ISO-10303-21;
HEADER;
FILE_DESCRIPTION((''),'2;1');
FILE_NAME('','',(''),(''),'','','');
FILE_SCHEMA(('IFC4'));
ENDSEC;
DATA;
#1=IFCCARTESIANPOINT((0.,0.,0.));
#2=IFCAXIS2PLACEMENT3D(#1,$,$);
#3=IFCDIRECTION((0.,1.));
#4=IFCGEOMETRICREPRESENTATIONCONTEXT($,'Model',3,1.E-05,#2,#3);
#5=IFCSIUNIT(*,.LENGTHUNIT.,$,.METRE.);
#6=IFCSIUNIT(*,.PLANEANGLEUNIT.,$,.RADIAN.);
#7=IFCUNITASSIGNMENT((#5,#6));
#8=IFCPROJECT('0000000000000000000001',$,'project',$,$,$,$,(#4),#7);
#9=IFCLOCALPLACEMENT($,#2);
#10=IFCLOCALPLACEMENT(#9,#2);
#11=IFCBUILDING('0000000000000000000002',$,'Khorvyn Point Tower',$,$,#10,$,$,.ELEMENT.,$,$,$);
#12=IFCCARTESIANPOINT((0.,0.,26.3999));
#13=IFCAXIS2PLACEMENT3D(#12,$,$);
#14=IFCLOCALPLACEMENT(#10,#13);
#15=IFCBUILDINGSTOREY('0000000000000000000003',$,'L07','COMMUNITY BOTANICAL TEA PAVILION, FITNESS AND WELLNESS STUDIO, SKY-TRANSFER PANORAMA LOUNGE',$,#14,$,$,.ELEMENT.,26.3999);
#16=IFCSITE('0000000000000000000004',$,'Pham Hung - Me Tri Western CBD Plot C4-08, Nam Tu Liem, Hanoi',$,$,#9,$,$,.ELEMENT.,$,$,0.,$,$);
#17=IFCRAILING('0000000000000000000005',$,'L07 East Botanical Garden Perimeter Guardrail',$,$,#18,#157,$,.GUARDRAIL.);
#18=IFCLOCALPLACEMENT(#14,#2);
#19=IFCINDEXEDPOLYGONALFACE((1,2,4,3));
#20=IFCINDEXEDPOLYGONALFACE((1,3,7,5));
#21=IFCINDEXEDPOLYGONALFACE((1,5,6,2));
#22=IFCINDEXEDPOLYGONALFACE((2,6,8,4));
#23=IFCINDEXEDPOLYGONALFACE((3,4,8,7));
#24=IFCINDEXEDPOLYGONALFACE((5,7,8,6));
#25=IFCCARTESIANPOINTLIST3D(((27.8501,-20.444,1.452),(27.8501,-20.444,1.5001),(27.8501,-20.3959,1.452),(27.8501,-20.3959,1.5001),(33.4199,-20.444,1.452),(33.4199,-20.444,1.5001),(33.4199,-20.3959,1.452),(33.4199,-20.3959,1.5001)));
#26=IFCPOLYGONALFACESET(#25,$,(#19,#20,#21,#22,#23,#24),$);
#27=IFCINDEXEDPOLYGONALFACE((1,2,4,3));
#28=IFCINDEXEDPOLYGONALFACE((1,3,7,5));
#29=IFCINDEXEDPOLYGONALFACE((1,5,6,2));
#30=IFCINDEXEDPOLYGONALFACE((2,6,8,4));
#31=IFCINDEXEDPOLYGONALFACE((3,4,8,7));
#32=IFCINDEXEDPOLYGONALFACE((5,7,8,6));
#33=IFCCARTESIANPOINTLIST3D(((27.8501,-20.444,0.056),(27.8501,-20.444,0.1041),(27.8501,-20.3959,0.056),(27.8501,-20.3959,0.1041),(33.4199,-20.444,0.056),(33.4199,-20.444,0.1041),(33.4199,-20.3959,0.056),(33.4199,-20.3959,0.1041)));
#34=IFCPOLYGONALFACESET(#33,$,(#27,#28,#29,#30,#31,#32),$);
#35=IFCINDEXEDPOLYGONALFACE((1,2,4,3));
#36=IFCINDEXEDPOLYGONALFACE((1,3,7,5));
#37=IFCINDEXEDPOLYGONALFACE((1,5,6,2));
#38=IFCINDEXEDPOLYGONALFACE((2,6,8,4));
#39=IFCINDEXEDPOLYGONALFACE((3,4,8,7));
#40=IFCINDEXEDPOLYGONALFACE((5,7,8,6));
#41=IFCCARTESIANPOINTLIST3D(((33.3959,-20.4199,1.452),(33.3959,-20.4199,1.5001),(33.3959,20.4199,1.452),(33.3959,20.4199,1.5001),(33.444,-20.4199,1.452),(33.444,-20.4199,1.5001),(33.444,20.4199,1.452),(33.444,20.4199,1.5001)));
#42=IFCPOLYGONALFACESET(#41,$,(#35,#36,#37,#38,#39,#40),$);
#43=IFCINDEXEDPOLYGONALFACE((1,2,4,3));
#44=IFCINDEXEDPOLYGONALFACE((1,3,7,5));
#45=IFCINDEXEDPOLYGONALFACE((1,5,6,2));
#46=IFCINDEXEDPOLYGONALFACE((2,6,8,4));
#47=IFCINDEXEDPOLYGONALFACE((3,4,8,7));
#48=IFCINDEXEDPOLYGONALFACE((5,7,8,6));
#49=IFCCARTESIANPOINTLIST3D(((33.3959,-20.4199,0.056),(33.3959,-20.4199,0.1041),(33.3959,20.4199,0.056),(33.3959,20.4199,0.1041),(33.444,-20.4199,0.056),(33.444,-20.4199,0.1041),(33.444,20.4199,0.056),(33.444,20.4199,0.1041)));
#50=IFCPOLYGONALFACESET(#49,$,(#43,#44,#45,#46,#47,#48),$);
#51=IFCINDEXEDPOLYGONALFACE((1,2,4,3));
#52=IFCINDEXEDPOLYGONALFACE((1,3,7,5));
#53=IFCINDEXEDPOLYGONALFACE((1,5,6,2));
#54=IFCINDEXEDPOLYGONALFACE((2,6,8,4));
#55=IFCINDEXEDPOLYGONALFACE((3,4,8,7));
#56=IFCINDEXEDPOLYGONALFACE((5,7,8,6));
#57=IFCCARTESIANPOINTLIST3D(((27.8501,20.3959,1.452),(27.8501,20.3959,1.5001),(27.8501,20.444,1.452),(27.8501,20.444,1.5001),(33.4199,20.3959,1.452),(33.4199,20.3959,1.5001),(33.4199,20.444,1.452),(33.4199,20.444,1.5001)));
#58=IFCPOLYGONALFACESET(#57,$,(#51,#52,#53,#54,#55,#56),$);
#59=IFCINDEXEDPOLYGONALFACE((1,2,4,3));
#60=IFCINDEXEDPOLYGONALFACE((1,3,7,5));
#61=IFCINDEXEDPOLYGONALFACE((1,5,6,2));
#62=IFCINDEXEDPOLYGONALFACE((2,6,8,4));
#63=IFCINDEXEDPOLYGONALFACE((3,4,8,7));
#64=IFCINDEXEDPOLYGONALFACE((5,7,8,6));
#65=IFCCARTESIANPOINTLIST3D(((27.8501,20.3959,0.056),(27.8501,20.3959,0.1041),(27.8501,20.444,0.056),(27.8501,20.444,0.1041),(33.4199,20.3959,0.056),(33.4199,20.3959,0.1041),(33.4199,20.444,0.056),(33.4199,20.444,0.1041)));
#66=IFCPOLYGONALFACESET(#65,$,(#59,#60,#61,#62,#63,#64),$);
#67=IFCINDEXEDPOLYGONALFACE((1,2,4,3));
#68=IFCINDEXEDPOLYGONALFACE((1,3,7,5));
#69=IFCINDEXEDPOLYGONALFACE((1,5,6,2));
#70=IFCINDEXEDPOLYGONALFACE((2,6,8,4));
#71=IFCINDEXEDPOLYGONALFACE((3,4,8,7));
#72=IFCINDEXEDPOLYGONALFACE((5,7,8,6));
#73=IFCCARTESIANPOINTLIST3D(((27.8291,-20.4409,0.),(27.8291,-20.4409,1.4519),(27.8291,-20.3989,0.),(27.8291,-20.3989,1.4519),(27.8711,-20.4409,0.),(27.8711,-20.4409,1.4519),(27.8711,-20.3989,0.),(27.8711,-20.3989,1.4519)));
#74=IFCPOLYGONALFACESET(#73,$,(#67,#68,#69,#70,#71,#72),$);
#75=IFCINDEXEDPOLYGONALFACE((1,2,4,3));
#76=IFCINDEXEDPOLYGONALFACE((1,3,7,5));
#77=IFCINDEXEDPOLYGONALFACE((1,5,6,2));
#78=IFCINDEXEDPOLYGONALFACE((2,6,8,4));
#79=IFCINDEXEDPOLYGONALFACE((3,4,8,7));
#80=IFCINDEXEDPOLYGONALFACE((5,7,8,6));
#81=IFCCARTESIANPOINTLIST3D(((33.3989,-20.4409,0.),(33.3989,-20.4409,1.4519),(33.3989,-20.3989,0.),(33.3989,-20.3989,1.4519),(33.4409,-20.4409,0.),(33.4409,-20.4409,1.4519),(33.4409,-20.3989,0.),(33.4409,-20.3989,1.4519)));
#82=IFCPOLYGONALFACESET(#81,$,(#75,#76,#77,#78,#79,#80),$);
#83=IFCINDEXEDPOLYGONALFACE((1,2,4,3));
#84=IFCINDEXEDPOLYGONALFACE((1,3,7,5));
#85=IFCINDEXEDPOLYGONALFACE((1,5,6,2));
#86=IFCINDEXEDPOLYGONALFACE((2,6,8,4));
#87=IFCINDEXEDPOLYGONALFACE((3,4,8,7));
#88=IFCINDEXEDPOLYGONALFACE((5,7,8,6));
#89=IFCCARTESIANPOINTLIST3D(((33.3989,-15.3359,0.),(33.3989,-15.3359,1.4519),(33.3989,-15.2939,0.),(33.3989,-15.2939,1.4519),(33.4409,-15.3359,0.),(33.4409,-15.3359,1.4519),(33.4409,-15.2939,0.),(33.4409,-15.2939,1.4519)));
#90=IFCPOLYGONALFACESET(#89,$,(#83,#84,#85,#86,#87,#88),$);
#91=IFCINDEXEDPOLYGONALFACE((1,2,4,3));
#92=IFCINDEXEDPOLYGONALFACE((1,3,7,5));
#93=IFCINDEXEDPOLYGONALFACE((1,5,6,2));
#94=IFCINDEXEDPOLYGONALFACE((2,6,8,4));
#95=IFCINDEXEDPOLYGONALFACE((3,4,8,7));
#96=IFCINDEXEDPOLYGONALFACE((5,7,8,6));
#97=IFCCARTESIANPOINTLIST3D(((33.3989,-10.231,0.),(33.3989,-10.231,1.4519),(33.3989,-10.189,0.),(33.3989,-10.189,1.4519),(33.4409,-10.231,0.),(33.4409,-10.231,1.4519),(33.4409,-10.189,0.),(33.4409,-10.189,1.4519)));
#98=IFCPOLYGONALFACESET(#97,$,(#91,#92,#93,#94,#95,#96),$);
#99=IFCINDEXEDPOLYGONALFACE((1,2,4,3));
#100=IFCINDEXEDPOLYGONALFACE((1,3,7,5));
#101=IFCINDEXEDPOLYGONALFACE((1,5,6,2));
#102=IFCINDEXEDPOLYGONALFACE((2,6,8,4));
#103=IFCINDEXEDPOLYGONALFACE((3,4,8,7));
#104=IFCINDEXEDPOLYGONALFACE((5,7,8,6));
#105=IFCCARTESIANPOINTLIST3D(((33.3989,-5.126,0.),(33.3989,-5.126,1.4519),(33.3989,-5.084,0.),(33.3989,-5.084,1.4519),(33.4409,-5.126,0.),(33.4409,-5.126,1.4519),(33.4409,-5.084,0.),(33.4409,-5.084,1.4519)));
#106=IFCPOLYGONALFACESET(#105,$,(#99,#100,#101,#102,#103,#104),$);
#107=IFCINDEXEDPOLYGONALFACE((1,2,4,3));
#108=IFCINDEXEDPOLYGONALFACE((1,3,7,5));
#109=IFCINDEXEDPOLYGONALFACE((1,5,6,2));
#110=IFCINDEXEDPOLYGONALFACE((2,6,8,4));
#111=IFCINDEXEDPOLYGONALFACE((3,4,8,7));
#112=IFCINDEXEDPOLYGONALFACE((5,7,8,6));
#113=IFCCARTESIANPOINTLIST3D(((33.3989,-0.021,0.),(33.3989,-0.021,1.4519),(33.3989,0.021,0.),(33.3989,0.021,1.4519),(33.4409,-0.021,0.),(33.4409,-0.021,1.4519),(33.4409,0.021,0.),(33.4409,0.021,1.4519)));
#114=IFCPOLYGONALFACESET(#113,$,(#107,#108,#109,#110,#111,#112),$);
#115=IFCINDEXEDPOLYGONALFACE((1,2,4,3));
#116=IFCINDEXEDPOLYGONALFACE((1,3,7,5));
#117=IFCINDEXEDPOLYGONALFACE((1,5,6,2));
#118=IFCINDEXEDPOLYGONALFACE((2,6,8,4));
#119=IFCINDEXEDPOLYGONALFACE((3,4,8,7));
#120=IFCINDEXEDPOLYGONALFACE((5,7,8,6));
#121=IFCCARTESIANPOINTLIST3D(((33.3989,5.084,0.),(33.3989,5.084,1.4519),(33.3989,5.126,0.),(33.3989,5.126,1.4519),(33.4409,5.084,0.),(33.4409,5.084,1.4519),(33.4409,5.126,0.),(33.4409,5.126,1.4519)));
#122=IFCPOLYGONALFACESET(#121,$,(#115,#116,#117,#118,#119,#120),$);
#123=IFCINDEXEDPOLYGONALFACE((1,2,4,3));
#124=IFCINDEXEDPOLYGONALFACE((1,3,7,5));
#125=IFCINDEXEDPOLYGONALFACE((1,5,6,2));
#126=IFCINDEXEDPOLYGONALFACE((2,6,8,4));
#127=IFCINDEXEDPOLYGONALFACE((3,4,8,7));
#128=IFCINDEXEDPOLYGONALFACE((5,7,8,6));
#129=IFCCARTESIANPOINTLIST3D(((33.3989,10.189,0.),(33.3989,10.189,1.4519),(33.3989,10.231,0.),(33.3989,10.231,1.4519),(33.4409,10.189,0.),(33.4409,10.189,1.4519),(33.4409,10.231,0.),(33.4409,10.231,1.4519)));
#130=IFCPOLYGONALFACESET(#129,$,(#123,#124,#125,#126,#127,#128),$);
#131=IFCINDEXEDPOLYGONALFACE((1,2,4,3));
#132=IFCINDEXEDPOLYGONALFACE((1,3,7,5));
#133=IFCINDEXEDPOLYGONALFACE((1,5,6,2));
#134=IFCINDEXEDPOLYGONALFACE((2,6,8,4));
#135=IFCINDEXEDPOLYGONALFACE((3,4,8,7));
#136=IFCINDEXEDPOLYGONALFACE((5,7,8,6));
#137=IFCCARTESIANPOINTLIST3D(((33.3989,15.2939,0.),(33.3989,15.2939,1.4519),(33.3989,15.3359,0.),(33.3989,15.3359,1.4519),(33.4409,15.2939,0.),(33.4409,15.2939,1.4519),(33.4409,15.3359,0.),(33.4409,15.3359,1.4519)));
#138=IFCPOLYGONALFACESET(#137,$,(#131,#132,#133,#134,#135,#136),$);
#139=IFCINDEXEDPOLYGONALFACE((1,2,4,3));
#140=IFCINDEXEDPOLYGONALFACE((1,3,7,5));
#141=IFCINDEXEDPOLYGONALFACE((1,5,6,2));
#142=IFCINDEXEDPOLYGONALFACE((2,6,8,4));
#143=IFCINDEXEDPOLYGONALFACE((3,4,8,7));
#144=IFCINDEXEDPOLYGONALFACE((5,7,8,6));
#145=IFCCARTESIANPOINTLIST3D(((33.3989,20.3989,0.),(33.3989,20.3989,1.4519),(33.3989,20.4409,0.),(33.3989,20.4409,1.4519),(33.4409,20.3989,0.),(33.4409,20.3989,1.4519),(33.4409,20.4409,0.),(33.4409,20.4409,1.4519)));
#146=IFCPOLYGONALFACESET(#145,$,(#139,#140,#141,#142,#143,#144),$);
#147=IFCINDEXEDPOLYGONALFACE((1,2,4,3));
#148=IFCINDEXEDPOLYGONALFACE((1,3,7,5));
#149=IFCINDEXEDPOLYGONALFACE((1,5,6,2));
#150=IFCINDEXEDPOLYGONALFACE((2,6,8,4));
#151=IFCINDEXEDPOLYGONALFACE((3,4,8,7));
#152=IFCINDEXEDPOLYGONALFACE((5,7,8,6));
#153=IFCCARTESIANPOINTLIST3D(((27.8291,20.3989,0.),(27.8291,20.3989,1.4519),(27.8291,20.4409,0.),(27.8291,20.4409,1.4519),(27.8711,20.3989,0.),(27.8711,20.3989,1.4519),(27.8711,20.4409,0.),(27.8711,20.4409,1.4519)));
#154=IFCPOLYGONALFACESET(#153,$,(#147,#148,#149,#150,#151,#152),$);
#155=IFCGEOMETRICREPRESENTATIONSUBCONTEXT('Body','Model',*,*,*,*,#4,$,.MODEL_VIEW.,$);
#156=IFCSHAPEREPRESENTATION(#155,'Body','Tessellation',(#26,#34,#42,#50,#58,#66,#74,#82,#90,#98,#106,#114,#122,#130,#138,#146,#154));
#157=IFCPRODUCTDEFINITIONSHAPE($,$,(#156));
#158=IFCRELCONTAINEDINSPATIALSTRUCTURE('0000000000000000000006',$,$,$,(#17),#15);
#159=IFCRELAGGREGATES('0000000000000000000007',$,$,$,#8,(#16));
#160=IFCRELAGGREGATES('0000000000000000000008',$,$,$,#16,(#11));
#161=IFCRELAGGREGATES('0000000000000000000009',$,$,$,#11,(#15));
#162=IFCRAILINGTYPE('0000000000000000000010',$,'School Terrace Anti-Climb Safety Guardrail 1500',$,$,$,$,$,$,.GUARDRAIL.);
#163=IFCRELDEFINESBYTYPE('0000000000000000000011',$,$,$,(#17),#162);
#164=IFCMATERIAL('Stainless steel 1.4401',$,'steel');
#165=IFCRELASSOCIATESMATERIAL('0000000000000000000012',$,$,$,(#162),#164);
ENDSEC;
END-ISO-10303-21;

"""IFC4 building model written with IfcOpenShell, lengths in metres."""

from ifc_helpers import new_model, si_unit, direction, frame, origin, origin_2d, place, context, subcontext, project, spatial, rectangle, extrude, material, type_object, element, save


model = new_model("IFC4")

# Units and contexts
model_context = context("Model", 3, precision=1e-05, world=origin(), true_north=direction((0.0, 1.0)))
body_context = subcontext(model_context, "Body", "Model", "MODEL_VIEW")
ifc_project = project(units=[si_unit("LENGTHUNIT", "METRE"), si_unit("PLANEANGLEUNIT", "RADIAN")], contexts=[model_context])

# Site, building, storey
site_placement = place(None, origin())
site = spatial("IfcSite", under=ifc_project, at=site_placement, Name="Pham Hung - Me Tri Western CBD Plot C4-08, Nam Tu Liem, Hanoi", CompositionType="ELEMENT", RefElevation=0.0)
building_placement = place(site_placement, origin())
building = spatial("IfcBuilding", under=site, at=building_placement, Name="Khorvyn Point Tower", CompositionType="ELEMENT")
storey_placement = place(building_placement, frame((0.0, 0.0, 26.3999)))
storey = spatial("IfcBuildingStorey", under=building, at=storey_placement, Name="L07", Description="COMMUNITY BOTANICAL TEA PAVILION, FITNESS AND WELLNESS STUDIO, SKY-TRANSFER PANORAMA LOUNGE", CompositionType="ELEMENT", Elevation=26.3999)

# Railing
ifc_material_1 = material(Name="Stainless steel 1.4401", Category="steel")
railing_type_1 = type_object("IfcRailingType", Name="School Terrace Anti-Climb Safety Guardrail 1500", PredefinedType="GUARDRAIL", material=ifc_material_1)
railing_1_placement = place(storey_placement, frame((27.8501, -20.4199, 0.0)))
element("IfcRailing", 1, at=railing_1_placement, inside=storey, type_object=railing_type_1, Name="L07 East Botanical Garden Perimeter Guardrail", PredefinedType="GUARDRAIL", context=body_context, shape_type="SweptSolid", body=[
    extrude(rectangle(XDim=0.0481, YDim=0.0481, at=origin_2d()), frame((0.0, 0.0, 1.4761), z_axis=(1.0, 0.0, 0.0), x_axis=(0.0, 1.0, 0.0)), (0.0, 0.0, 1.0), 5.5698),
    extrude(rectangle(XDim=0.0481, YDim=0.0481, at=origin_2d()), frame((0.0, 0.0, 0.0801), z_axis=(1.0, 0.0, 0.0), x_axis=(0.0, 1.0, 0.0)), (0.0, 0.0, 1.0), 5.5698),
    extrude(rectangle(XDim=0.0481, YDim=0.0481, at=origin_2d()), frame((5.5698, 0.0, 1.4761), z_axis=(0.0, 1.0, 0.0), x_axis=(-1.0, 0.0, 0.0)), (0.0, 0.0, 1.0), 40.8398),
    extrude(rectangle(XDim=0.0481, YDim=0.0481, at=origin_2d()), frame((5.5698, 0.0, 0.0801), z_axis=(0.0, 1.0, 0.0), x_axis=(-1.0, 0.0, 0.0)), (0.0, 0.0, 1.0), 40.8398),
    extrude(rectangle(XDim=0.0481, YDim=0.0481, at=origin_2d()), frame((5.5698, 40.8398, 1.4761), z_axis=(-1.0, 0.0, 0.0), x_axis=(0.0, -1.0, 0.0)), (0.0, 0.0, 1.0), 5.5698),
    extrude(rectangle(XDim=0.0481, YDim=0.0481, at=origin_2d()), frame((5.5698, 40.8398, 0.0801), z_axis=(-1.0, 0.0, 0.0), x_axis=(0.0, -1.0, 0.0)), (0.0, 0.0, 1.0), 5.5698),
    extrude(rectangle(XDim=0.042, YDim=0.042, at=origin_2d()), origin(), (0.0, 0.0, 1.0), 1.4519),
    extrude(rectangle(XDim=0.042, YDim=0.042, at=origin_2d()), frame((5.5698, 0.0, 0.0)), (0.0, 0.0, 1.0), 1.4519),
    extrude(rectangle(XDim=0.042, YDim=0.042, at=origin_2d()), frame((5.5698, 5.105, 0.0)), (0.0, 0.0, 1.0), 1.4519),
    extrude(rectangle(XDim=0.042, YDim=0.042, at=origin_2d()), frame((5.5698, 10.21, 0.0)), (0.0, 0.0, 1.0), 1.4519),
    extrude(rectangle(XDim=0.042, YDim=0.042, at=origin_2d()), frame((5.5698, 15.3149, 0.0)), (0.0, 0.0, 1.0), 1.4519),
    extrude(rectangle(XDim=0.042, YDim=0.042, at=origin_2d()), frame((5.5698, 20.4199, 0.0)), (0.0, 0.0, 1.0), 1.4519),
    extrude(rectangle(XDim=0.042, YDim=0.042, at=origin_2d()), frame((5.5698, 25.5249, 0.0)), (0.0, 0.0, 1.0), 1.4519),
    extrude(rectangle(XDim=0.042, YDim=0.042, at=origin_2d()), frame((5.5698, 30.6299, 0.0)), (0.0, 0.0, 1.0), 1.4519),
    extrude(rectangle(XDim=0.042, YDim=0.042, at=origin_2d()), frame((5.5698, 35.7349, 0.0)), (0.0, 0.0, 1.0), 1.4519),
    extrude(rectangle(XDim=0.042, YDim=0.042, at=origin_2d()), frame((5.5698, 40.8398, 0.0)), (0.0, 0.0, 1.0), 1.4519),
    extrude(rectangle(XDim=0.042, YDim=0.042, at=origin_2d()), frame((0.0, 40.8398, 0.0)), (0.0, 0.0, 1.0), 1.4519),
])

save(model, "model.ifc")
